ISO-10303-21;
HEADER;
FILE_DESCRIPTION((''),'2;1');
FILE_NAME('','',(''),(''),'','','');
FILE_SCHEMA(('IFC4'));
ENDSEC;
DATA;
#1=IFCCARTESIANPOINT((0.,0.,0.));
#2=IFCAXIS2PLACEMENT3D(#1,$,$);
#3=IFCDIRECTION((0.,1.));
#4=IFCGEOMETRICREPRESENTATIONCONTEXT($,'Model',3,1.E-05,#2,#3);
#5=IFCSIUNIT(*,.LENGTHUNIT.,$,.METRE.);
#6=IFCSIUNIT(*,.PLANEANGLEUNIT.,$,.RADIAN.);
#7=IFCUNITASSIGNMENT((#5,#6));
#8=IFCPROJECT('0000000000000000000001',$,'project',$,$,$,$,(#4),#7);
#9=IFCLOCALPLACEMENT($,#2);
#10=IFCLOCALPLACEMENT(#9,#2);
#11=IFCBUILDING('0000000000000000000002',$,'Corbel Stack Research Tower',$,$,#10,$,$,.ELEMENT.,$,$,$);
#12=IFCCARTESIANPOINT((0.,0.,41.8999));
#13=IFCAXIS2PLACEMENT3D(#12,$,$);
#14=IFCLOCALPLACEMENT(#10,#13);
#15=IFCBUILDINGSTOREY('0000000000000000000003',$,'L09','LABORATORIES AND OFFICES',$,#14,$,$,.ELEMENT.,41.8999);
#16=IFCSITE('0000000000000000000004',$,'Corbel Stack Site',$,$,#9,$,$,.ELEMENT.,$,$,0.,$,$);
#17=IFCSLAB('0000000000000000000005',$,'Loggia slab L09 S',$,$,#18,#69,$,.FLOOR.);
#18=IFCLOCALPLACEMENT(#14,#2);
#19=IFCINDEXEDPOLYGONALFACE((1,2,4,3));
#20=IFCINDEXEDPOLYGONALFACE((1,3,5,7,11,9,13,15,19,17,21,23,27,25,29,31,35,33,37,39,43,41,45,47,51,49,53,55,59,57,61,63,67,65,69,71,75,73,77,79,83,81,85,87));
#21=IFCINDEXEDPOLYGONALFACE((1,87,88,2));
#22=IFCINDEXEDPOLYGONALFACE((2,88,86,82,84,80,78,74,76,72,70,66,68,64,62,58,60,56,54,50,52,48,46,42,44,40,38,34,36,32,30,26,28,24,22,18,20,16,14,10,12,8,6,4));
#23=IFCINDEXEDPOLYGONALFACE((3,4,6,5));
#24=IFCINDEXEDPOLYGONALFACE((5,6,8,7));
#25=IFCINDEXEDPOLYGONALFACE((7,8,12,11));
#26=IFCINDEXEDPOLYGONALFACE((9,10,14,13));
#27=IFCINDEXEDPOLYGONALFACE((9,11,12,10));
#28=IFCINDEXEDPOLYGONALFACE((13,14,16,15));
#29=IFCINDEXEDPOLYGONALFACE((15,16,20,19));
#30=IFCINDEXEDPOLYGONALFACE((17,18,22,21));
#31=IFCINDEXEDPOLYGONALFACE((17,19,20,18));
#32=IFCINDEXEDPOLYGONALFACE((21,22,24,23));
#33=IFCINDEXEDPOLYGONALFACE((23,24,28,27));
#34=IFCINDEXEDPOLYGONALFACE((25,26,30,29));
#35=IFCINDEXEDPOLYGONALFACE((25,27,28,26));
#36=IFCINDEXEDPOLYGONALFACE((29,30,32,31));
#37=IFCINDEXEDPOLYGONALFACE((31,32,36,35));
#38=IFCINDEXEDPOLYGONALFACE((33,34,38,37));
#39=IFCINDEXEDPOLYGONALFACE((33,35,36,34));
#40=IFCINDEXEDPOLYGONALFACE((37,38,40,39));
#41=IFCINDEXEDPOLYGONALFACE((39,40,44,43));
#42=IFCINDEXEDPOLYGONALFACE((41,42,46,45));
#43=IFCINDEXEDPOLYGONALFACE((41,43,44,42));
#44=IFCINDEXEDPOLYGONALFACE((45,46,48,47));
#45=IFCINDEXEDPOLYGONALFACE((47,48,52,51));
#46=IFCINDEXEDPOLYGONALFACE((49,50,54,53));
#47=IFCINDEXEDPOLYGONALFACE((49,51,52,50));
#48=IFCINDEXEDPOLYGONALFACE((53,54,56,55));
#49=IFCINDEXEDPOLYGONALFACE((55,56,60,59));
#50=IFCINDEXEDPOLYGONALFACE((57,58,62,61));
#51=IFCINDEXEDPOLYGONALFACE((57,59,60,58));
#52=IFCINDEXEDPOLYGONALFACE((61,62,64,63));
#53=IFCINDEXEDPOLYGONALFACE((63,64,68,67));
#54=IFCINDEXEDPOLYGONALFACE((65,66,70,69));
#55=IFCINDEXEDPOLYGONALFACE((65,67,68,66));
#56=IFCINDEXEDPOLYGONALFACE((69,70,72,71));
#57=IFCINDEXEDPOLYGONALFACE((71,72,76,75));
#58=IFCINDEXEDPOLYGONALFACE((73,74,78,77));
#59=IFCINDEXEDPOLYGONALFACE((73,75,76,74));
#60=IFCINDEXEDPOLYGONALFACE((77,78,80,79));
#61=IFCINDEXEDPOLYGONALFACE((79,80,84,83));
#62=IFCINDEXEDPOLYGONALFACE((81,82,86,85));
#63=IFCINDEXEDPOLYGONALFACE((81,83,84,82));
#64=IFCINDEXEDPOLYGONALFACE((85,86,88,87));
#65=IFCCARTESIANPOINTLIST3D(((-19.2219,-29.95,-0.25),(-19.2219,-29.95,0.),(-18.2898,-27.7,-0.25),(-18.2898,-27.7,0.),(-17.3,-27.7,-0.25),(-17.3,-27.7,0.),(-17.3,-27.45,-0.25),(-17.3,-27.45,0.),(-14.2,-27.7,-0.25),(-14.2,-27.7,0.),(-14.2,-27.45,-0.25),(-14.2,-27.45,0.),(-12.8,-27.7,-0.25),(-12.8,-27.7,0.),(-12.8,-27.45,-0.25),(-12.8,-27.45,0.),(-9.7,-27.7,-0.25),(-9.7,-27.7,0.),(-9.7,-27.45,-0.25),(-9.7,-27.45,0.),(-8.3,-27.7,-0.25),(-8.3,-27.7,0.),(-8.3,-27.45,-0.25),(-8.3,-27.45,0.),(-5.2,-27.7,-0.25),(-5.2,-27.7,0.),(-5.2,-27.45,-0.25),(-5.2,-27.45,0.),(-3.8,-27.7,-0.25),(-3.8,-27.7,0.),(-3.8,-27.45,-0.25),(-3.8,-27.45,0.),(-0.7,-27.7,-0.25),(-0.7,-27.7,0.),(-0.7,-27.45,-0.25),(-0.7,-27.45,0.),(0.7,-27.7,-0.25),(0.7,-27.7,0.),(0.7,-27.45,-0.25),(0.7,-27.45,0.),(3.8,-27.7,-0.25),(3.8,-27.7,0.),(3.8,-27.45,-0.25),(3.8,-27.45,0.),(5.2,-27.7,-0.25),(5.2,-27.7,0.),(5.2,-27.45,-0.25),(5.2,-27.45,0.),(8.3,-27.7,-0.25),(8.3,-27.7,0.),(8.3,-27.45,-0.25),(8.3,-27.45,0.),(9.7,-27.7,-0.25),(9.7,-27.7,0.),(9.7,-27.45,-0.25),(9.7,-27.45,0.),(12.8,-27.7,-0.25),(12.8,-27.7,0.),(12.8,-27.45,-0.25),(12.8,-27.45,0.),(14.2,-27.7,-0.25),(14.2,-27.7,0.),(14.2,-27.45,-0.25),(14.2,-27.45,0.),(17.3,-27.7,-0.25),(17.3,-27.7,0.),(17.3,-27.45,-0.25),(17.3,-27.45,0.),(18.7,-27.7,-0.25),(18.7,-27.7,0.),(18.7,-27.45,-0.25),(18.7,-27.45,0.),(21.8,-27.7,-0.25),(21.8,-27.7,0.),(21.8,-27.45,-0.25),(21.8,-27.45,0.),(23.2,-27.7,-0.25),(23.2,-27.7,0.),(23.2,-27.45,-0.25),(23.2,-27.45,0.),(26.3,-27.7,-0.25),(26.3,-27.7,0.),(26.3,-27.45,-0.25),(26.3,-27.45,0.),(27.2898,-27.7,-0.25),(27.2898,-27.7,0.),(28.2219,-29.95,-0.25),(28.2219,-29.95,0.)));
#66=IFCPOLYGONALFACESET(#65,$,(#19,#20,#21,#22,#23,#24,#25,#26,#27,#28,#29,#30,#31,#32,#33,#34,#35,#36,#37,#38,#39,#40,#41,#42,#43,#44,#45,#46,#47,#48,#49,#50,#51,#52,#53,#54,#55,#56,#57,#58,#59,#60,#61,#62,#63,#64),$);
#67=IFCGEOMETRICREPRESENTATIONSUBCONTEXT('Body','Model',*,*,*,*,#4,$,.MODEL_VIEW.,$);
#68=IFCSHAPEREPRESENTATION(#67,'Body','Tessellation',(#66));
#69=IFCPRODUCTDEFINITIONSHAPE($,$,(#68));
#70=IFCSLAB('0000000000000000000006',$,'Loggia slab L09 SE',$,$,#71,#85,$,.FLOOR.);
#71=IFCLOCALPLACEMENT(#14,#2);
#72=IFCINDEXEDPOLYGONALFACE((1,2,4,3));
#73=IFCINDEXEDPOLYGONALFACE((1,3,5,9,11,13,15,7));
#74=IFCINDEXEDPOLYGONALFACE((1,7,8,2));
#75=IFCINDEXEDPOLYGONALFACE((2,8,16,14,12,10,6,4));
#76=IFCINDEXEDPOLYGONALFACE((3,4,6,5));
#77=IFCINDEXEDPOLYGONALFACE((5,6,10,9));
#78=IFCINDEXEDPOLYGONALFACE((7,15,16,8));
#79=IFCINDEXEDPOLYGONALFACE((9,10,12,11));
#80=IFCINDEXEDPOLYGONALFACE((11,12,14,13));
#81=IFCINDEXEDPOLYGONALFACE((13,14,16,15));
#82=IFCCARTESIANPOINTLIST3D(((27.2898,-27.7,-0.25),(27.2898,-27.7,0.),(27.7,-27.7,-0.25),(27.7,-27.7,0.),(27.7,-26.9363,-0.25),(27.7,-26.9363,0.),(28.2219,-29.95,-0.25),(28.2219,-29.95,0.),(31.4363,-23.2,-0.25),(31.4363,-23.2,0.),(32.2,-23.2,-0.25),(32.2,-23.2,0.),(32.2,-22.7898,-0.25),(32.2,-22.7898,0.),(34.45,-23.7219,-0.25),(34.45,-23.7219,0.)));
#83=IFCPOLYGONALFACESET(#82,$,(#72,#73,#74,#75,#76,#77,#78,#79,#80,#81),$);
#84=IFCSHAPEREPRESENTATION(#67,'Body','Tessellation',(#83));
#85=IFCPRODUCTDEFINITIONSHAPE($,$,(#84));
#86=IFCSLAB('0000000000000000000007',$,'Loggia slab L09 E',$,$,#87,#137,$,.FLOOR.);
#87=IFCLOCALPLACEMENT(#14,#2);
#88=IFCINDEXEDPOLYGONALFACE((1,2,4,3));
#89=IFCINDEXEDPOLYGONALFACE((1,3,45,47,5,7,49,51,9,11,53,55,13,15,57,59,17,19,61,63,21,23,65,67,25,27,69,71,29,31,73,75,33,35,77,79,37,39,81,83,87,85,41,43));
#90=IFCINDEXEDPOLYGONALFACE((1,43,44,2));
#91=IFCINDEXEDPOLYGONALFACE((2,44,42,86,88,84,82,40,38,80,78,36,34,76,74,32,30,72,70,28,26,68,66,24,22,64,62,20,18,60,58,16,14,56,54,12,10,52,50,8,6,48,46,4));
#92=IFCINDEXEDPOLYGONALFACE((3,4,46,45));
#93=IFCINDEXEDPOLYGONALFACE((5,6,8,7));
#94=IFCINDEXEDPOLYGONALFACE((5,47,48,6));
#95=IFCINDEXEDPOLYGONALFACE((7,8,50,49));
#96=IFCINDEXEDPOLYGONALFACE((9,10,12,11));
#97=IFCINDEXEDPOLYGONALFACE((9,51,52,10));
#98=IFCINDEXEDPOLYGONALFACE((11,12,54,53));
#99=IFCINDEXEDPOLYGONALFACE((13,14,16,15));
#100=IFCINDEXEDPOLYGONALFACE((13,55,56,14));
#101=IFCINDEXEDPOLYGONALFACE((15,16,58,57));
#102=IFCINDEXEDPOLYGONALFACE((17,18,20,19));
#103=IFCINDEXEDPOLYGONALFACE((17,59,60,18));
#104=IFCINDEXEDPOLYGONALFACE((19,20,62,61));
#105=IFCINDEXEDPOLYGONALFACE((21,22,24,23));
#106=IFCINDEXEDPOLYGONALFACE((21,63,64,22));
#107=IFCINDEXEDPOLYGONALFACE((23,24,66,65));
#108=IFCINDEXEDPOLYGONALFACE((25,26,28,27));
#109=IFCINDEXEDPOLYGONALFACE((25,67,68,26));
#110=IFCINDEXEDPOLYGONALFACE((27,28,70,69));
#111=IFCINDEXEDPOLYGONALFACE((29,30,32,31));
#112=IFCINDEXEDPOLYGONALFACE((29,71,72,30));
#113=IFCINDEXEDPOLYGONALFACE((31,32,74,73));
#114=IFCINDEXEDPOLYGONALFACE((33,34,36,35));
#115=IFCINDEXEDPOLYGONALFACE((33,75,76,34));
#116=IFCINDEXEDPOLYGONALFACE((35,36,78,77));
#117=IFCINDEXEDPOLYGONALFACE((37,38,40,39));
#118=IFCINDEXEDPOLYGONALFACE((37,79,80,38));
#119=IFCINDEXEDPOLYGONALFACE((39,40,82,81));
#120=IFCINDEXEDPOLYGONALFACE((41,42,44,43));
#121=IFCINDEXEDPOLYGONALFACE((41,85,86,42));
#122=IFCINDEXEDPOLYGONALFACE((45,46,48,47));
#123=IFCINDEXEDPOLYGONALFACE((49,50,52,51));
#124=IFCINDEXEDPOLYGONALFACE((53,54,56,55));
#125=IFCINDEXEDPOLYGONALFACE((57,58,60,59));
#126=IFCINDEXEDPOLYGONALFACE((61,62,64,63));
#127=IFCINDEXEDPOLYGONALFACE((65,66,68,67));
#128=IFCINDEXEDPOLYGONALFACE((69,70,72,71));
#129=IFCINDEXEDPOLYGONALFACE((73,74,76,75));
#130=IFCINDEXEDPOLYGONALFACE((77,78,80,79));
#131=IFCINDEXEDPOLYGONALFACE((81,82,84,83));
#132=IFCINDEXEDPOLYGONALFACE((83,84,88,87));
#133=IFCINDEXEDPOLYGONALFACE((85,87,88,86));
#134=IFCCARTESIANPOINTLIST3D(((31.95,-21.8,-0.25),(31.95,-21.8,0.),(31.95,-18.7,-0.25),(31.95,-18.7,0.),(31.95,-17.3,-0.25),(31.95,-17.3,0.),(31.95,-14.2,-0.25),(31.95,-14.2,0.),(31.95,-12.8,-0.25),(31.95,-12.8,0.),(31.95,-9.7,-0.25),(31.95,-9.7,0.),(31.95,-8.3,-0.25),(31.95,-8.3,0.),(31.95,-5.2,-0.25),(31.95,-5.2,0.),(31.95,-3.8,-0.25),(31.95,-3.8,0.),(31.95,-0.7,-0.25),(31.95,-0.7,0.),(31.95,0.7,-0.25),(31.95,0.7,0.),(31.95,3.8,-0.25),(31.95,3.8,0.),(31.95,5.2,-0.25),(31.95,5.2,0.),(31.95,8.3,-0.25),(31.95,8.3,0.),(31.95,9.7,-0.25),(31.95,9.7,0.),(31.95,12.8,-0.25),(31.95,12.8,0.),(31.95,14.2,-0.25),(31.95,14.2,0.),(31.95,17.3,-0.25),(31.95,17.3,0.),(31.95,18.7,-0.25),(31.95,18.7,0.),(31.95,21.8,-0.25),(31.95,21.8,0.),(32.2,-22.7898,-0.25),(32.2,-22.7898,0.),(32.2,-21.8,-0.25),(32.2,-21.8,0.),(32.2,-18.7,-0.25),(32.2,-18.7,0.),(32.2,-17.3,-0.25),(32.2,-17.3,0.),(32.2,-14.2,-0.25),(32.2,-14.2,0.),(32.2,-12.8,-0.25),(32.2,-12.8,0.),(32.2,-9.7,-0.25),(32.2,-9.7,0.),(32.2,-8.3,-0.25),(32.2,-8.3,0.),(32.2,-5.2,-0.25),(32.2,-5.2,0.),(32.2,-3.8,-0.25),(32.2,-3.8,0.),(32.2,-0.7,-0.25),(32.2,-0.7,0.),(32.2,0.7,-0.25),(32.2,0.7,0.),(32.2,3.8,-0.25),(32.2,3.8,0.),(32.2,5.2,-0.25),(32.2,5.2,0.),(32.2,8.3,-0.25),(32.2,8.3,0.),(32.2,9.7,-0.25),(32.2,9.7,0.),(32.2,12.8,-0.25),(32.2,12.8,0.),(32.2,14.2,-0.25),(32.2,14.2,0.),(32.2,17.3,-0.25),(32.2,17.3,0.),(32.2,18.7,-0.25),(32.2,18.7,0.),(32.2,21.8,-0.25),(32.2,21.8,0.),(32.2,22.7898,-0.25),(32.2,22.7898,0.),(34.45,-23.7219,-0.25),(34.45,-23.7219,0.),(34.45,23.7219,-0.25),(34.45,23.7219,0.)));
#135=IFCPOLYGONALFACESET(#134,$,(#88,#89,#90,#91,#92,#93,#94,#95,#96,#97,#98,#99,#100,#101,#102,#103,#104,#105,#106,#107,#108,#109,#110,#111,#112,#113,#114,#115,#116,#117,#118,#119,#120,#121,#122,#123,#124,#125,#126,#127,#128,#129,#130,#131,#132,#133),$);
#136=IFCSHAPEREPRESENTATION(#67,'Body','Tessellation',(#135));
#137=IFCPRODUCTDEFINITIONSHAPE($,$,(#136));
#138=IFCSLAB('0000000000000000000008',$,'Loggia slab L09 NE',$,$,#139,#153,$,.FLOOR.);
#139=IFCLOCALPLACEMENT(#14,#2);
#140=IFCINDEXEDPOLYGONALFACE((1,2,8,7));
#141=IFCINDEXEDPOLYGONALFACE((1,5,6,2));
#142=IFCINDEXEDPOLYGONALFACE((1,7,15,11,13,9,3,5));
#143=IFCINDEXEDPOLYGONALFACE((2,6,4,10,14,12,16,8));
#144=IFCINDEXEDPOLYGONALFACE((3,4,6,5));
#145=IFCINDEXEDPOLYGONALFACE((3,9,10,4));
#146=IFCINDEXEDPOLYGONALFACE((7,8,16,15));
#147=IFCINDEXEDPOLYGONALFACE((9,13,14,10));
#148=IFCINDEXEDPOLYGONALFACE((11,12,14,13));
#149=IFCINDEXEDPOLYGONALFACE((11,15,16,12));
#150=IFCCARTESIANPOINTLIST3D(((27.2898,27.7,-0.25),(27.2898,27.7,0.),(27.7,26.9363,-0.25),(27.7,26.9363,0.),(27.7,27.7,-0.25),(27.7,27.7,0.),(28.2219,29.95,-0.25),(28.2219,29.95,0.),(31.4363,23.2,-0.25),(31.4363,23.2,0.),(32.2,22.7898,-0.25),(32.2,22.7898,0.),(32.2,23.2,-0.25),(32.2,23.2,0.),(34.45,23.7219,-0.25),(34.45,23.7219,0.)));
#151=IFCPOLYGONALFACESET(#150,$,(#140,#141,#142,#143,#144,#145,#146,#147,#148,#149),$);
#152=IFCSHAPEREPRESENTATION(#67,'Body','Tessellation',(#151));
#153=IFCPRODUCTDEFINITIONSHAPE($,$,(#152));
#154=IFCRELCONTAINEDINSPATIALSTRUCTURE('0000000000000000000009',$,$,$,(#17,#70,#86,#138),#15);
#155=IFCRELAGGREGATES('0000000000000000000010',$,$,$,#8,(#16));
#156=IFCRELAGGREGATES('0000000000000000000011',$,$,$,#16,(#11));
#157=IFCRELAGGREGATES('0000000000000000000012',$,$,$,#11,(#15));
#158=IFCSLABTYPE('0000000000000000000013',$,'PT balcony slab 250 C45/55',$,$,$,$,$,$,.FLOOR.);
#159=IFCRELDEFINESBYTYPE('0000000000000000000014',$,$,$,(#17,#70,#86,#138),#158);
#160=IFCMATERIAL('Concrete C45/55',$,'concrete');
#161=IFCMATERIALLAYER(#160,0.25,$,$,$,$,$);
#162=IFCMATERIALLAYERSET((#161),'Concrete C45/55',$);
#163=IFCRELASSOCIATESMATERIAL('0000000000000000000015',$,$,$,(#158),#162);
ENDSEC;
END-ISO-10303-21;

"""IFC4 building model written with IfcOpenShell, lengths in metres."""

from ifc_helpers import new_model, si_unit, direction, frame, origin, place, context, subcontext, project, spatial, polyline, outline, extrude, material, layer, layer_set, type_object, element, save


model = new_model("IFC4")

# Units and contexts
model_context = context("Model", 3, precision=1e-05, world=origin(), true_north=direction((0.0, 1.0)))
body_context = subcontext(model_context, "Body", "Model", "MODEL_VIEW")
ifc_project = project(units=[si_unit("LENGTHUNIT", "METRE"), si_unit("PLANEANGLEUNIT", "RADIAN")], contexts=[model_context])

# Site, building, storey
site_placement = place(None, origin())
site = spatial("IfcSite", under=ifc_project, at=site_placement, Name="Corbel Stack Site", CompositionType="ELEMENT", RefElevation=0.0)
building_placement = place(site_placement, origin())
building = spatial("IfcBuilding", under=site, at=building_placement, Name="Corbel Stack Research Tower", CompositionType="ELEMENT")
storey_placement = place(building_placement, frame((0.0, 0.0, 41.8999)))
storey = spatial("IfcBuildingStorey", under=building, at=storey_placement, Name="L09", Description="LABORATORIES AND OFFICES", CompositionType="ELEMENT", Elevation=41.8999)

# Slabs
ifc_material_1 = material(Name="Concrete C45/55", Category="concrete")
ifc_layer_1 = layer(ifc_material_1, 0.25)
ifc_layer_set_1 = layer_set([ifc_layer_1], Name="Concrete C45/55")
slab_type_1 = type_object("IfcSlabType", Name="PT balcony slab 250 C45/55", PredefinedType="FLOOR", material=ifc_layer_set_1)
slab_1_placement = place(storey_placement, frame((0.0, 0.0, -0.25)))
element("IfcSlab", 1, at=slab_1_placement, inside=storey, type_object=slab_type_1, Name="Loggia slab L09 S", PredefinedType="FLOOR", context=body_context, shape_type="SweptSolid", body=[
    extrude(outline(polyline([(27.2898, -27.7), (26.3, -27.7), (26.3, -27.45), (23.2, -27.45), (23.2, -27.7), (21.8, -27.7), (21.8, -27.45), (18.7, -27.45), (18.7, -27.7), (17.3, -27.7), (17.3, -27.45), (14.2, -27.45), (14.2, -27.7), (12.8, -27.7), (12.8, -27.45), (9.7, -27.45), (9.7, -27.7), (8.3, -27.7), (8.3, -27.45), (5.2, -27.45), (5.2, -27.7), (3.8, -27.7), (3.8, -27.45), (0.7, -27.45), (0.7, -27.7), (-0.7, -27.7), (-0.7, -27.45), (-3.8, -27.45), (-3.8, -27.7), (-5.2, -27.7), (-5.2, -27.45), (-8.3, -27.45), (-8.3, -27.7), (-9.7, -27.7), (-9.7, -27.45), (-12.8, -27.45), (-12.8, -27.7), (-14.2, -27.7), (-14.2, -27.45), (-17.3, -27.45), (-17.3, -27.7), (-18.2898, -27.7), (-19.2219, -29.95), (28.2219, -29.95), (27.2898, -27.7)])), origin(), (0.0, 0.0, 1.0), 0.25),
])
slab_2_placement = place(storey_placement, frame((0.0, 0.0, -0.25)))
element("IfcSlab", 2, at=slab_2_placement, inside=storey, type_object=slab_type_1, Name="Loggia slab L09 SE", PredefinedType="FLOOR", context=body_context, shape_type="SweptSolid", body=[
    extrude(outline(polyline([(32.2, -22.7898), (32.2, -23.2), (31.4363, -23.2), (27.7, -26.9363), (27.7, -27.7), (27.2898, -27.7), (28.2219, -29.95), (34.45, -23.7219), (32.2, -22.7898)])), origin(), (0.0, 0.0, 1.0), 0.25),
])
slab_3_placement = place(storey_placement, frame((0.0, 0.0, -0.25)))
element("IfcSlab", 3, at=slab_3_placement, inside=storey, type_object=slab_type_1, Name="Loggia slab L09 E", PredefinedType="FLOOR", context=body_context, shape_type="SweptSolid", body=[
    extrude(outline(polyline([(32.2, 22.7898), (32.2, 21.8), (31.95, 21.8), (31.95, 18.7), (32.2, 18.7), (32.2, 17.3), (31.95, 17.3), (31.95, 14.2), (32.2, 14.2), (32.2, 12.8), (31.95, 12.8), (31.95, 9.7), (32.2, 9.7), (32.2, 8.3), (31.95, 8.3), (31.95, 5.2), (32.2, 5.2), (32.2, 3.8), (31.95, 3.8), (31.95, 0.7), (32.2, 0.7), (32.2, -0.7), (31.95, -0.7), (31.95, -3.8), (32.2, -3.8), (32.2, -5.2), (31.95, -5.2), (31.95, -8.3), (32.2, -8.3), (32.2, -9.7), (31.95, -9.7), (31.95, -12.8), (32.2, -12.8), (32.2, -14.2), (31.95, -14.2), (31.95, -17.3), (32.2, -17.3), (32.2, -18.7), (31.95, -18.7), (31.95, -21.8), (32.2, -21.8), (32.2, -22.7898), (34.45, -23.7219), (34.45, 23.7219), (32.2, 22.7898)])), origin(), (0.0, 0.0, 1.0), 0.25),
])
slab_4_placement = place(storey_placement, frame((0.0, 0.0, -0.25)))
element("IfcSlab", 4, at=slab_4_placement, inside=storey, type_object=slab_type_1, Name="Loggia slab L09 NE", PredefinedType="FLOOR", context=body_context, shape_type="SweptSolid", body=[
    extrude(outline(polyline([(27.2898, 27.7), (27.7, 27.7), (27.7, 26.9363), (31.4363, 23.2), (32.2, 23.2), (32.2, 22.7898), (34.45, 23.7219), (28.2219, 29.95), (27.2898, 27.7)])), origin(), (0.0, 0.0, 1.0), 0.25),
])

save(model, "model.ifc")
